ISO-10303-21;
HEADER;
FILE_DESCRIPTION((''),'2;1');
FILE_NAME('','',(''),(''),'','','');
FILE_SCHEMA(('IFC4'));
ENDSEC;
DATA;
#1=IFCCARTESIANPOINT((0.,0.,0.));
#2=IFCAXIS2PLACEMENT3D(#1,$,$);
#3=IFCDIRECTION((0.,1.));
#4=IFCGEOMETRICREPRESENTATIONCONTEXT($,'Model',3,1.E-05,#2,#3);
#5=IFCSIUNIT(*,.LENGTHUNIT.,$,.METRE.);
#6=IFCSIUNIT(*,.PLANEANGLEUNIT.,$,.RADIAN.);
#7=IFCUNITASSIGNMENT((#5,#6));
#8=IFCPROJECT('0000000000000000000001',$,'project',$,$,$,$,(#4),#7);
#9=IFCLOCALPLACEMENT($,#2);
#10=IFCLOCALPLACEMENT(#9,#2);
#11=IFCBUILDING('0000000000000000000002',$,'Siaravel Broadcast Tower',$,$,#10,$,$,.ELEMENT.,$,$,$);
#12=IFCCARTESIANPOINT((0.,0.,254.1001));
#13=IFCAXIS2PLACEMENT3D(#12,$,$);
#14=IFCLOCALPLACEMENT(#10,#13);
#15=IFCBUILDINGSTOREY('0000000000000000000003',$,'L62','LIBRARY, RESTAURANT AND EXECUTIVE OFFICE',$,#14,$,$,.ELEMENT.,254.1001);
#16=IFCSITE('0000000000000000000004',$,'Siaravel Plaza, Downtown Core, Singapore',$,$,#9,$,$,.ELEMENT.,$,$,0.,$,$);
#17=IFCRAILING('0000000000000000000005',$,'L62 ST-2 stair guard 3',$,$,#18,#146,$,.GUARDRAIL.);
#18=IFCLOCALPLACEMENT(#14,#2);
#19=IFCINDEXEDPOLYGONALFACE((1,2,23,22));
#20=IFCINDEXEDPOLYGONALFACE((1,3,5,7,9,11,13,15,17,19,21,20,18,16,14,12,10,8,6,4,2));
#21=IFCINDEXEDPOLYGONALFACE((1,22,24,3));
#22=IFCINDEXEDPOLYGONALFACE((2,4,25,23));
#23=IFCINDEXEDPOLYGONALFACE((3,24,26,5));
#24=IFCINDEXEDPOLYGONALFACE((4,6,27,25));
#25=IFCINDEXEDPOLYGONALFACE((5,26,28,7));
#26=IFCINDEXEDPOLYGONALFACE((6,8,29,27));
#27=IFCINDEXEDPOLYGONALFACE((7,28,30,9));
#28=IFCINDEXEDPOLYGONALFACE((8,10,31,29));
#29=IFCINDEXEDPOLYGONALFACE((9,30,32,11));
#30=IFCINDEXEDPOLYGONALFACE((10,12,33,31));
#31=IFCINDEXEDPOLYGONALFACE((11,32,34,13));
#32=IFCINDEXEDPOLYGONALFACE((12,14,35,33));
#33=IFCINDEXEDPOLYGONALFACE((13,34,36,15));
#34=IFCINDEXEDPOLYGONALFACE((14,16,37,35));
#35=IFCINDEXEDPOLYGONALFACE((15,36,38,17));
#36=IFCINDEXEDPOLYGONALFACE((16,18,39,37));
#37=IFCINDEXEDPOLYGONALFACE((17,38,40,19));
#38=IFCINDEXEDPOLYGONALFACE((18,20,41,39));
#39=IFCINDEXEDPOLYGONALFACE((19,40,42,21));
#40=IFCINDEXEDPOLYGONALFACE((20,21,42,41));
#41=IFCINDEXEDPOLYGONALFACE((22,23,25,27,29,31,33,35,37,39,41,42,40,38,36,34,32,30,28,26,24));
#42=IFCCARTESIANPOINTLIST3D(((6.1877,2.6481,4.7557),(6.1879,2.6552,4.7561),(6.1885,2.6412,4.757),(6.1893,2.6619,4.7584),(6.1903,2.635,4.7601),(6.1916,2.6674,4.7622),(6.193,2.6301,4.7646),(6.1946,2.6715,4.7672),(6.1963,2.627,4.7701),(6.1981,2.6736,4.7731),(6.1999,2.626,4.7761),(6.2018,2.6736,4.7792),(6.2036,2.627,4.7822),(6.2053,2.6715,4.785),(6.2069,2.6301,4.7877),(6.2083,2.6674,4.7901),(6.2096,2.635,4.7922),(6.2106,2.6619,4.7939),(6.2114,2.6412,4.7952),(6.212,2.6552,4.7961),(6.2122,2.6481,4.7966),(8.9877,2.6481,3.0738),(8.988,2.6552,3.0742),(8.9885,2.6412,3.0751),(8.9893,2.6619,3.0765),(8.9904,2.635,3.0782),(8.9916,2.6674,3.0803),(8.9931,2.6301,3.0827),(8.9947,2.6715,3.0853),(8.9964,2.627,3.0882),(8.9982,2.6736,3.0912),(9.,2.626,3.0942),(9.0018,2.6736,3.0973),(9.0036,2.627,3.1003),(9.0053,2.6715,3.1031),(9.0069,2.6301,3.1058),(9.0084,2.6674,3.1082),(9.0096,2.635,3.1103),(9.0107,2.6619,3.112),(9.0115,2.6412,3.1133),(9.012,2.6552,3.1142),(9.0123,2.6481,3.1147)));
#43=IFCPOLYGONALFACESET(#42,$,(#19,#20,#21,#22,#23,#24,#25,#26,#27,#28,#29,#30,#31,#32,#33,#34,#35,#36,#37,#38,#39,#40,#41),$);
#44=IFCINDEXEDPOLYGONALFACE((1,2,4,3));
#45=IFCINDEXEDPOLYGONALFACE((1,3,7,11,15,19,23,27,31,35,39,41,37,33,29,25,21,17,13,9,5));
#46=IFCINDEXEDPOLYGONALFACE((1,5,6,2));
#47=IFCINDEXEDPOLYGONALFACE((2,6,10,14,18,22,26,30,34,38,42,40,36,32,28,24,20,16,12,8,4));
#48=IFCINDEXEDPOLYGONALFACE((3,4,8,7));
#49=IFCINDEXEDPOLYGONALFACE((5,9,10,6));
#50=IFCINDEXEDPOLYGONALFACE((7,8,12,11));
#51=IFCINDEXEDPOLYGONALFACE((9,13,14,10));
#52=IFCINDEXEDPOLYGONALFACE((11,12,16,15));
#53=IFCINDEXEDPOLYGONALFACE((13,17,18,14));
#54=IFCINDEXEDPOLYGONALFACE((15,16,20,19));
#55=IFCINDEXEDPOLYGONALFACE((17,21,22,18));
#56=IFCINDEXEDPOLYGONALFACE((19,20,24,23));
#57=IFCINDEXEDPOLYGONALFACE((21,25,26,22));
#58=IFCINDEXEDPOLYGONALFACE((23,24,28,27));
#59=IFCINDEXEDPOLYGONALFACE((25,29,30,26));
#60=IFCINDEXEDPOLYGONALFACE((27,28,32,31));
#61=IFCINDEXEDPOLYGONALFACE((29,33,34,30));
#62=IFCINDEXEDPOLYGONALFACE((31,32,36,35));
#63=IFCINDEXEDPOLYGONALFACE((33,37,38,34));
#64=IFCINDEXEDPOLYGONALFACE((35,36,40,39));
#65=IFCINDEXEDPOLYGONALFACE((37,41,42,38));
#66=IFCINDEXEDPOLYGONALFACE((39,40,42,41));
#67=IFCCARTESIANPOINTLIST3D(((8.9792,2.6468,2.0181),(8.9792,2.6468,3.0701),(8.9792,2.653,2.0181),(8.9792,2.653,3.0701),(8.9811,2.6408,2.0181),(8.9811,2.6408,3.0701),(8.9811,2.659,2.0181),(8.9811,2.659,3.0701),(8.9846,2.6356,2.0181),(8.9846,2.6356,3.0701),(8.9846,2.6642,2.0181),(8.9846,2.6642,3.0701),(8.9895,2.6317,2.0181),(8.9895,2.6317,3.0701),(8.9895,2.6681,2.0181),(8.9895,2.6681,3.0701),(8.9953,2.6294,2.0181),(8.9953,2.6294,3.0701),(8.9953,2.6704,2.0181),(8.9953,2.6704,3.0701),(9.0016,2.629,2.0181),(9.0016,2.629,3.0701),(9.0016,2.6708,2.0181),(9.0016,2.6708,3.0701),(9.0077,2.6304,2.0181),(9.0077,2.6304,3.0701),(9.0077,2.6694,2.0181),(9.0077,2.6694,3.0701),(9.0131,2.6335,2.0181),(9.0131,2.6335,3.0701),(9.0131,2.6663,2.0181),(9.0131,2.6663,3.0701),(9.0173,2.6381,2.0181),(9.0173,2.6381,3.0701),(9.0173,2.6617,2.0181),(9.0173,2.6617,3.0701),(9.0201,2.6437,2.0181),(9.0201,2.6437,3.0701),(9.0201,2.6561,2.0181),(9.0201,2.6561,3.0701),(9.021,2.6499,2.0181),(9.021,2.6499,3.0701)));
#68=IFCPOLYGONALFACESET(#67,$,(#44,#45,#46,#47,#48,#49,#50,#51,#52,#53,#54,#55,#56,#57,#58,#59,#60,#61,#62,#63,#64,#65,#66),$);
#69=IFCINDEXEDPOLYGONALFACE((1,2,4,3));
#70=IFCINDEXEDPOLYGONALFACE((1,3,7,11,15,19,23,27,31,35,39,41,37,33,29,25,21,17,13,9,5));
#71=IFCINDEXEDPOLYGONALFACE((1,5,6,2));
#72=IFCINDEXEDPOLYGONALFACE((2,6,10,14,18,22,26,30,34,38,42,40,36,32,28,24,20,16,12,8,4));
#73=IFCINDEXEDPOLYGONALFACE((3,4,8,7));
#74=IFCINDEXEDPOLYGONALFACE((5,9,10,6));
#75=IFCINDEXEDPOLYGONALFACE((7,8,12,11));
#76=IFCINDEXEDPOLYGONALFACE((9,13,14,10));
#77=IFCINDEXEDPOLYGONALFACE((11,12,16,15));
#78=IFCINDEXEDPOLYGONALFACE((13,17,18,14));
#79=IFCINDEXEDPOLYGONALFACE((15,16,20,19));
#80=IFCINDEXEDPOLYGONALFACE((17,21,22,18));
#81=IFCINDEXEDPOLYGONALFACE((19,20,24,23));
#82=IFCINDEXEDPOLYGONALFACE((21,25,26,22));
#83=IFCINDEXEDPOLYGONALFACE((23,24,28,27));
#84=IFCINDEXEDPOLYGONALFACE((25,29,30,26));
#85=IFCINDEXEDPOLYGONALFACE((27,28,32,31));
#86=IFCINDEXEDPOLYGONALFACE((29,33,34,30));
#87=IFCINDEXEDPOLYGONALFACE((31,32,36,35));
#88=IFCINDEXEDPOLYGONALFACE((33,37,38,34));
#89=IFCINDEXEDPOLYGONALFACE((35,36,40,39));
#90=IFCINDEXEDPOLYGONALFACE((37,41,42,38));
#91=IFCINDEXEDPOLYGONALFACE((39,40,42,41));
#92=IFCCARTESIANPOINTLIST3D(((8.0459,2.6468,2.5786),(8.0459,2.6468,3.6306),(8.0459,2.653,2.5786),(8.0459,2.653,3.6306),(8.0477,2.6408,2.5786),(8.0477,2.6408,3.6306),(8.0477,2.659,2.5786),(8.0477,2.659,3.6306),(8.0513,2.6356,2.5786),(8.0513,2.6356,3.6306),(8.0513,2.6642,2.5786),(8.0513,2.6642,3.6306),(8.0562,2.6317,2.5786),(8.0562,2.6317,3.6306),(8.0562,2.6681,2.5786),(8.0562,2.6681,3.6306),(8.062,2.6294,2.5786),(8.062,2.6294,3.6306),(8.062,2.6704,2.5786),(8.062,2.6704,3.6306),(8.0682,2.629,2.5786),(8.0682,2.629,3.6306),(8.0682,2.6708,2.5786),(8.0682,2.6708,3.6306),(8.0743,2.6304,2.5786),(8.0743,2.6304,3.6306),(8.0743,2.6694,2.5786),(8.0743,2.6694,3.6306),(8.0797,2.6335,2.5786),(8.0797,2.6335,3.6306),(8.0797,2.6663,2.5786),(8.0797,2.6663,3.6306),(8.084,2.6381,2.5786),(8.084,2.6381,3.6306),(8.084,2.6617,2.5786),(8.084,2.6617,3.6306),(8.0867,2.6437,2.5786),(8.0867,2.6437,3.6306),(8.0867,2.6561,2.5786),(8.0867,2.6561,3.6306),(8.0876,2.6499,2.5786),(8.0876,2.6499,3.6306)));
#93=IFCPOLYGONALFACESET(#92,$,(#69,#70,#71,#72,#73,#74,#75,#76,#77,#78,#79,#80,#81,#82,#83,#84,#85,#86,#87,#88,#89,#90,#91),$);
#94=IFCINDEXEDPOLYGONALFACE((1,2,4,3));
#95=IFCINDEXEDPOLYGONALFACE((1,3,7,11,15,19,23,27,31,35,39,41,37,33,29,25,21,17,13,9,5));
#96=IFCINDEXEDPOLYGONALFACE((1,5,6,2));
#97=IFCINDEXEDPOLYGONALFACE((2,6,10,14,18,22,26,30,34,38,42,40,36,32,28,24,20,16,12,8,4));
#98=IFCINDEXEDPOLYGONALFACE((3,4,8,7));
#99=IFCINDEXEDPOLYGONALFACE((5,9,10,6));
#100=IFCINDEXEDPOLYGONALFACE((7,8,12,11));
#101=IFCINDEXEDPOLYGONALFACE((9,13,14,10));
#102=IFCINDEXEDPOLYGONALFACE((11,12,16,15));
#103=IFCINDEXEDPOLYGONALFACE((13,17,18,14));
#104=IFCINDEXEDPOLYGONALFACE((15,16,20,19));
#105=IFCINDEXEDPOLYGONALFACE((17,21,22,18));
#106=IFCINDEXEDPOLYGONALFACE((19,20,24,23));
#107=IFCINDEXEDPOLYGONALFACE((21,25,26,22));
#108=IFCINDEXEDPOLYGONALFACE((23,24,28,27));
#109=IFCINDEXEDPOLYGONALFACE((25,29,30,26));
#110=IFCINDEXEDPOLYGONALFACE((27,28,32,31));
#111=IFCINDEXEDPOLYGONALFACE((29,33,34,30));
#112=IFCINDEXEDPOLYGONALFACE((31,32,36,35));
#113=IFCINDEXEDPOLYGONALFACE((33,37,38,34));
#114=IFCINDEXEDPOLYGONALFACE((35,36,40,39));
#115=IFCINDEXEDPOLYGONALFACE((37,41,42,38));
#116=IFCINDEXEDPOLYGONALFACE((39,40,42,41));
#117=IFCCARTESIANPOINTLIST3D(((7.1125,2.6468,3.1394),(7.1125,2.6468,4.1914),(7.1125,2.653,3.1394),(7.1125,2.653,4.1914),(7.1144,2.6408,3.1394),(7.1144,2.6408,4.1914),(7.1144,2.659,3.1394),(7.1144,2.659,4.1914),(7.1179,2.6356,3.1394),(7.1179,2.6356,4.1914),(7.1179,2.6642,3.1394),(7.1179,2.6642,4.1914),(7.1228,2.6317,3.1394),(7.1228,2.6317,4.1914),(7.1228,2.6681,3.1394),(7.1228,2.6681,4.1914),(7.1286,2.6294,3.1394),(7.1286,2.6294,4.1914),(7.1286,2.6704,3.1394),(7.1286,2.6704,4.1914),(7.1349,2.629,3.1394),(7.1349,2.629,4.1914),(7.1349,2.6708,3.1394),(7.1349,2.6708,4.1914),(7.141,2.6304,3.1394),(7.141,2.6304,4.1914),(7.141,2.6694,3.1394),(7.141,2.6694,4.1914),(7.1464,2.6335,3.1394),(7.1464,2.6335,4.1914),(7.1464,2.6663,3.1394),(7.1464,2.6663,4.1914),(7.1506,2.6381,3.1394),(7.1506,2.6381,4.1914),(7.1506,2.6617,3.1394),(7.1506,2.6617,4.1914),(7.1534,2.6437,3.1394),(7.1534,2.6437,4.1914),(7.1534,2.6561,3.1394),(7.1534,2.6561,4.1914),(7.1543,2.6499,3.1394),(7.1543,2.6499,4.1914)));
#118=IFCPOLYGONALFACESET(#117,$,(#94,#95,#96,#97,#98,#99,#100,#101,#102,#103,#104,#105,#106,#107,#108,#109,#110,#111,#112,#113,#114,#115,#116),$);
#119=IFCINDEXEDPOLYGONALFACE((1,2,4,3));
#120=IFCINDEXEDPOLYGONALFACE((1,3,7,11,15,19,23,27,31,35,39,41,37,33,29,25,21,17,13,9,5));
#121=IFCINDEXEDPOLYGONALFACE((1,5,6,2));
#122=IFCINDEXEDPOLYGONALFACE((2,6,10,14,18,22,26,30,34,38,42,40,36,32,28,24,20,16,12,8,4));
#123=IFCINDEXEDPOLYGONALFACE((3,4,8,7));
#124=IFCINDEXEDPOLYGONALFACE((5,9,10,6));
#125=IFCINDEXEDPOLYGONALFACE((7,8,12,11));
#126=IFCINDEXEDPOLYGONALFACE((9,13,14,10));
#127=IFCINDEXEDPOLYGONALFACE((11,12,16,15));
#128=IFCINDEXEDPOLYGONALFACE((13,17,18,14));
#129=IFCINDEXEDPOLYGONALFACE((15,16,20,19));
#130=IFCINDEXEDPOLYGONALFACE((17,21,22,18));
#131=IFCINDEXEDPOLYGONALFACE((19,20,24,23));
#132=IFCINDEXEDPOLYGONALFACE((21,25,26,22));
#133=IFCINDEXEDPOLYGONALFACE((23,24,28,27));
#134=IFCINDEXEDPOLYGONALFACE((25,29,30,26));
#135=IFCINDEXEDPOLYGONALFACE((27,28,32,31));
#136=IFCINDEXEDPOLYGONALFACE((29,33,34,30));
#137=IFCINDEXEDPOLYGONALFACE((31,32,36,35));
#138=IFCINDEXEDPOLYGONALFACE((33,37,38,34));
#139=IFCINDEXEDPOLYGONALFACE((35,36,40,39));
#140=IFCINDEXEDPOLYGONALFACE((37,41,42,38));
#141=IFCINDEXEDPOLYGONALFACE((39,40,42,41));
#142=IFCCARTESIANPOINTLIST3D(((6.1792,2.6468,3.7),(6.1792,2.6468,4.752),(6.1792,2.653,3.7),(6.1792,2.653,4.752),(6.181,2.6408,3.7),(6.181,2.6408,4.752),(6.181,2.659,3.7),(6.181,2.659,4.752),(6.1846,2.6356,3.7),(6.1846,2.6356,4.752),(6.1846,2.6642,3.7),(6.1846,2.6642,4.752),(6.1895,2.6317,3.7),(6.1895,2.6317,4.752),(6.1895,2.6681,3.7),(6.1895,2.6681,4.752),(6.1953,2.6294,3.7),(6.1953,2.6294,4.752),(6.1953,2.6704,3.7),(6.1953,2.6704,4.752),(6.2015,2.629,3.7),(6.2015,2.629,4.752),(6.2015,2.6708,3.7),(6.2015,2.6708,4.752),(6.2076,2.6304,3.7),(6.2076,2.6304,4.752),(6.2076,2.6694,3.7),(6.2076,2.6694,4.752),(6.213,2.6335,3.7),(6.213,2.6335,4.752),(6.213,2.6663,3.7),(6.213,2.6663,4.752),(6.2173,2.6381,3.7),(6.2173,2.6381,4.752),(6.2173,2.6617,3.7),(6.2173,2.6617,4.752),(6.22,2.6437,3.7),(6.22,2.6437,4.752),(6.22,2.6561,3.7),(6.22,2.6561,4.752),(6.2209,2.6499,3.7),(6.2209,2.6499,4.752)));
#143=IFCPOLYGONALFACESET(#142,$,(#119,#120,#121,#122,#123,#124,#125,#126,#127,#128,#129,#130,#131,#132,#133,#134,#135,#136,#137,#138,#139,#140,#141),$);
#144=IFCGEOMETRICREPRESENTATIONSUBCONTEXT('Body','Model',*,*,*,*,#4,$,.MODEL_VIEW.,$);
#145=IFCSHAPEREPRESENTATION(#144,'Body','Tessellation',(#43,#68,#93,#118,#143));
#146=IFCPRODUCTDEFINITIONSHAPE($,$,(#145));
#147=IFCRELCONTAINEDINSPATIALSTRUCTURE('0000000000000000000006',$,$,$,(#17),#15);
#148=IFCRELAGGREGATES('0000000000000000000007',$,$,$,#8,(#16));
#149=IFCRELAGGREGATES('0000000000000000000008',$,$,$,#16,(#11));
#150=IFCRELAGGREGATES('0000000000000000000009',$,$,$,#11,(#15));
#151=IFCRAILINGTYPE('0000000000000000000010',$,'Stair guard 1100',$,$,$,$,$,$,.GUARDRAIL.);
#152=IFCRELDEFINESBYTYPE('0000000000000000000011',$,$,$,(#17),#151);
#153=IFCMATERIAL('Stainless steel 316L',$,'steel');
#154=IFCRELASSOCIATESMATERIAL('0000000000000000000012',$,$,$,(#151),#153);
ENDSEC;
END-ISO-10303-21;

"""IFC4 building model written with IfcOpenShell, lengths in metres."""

from ifc_helpers import new_model, si_unit, direction, frame, origin, origin_2d, place, context, subcontext, project, spatial, circle, extrude, material, type_object, element, save


model = new_model("IFC4")

# Units and contexts
model_context = context("Model", 3, precision=1e-05, world=origin(), true_north=direction((0.0, 1.0)))
body_context = subcontext(model_context, "Body", "Model", "MODEL_VIEW")
ifc_project = project(units=[si_unit("LENGTHUNIT", "METRE"), si_unit("PLANEANGLEUNIT", "RADIAN")], contexts=[model_context])

# Site, building, storey
site_placement = place(None, origin())
site = spatial("IfcSite", under=ifc_project, at=site_placement, Name="Siaravel Plaza, Downtown Core, Singapore", CompositionType="ELEMENT", RefElevation=0.0)
building_placement = place(site_placement, origin())
building = spatial("IfcBuilding", under=site, at=building_placement, Name="Siaravel Broadcast Tower", CompositionType="ELEMENT")
storey_placement = place(building_placement, frame((0.0, 0.0, 254.1001)))
storey = spatial("IfcBuildingStorey", under=building, at=storey_placement, Name="L62", Description="LIBRARY, RESTAURANT AND EXECUTIVE OFFICE", CompositionType="ELEMENT", Elevation=254.1001)

# Railing
ifc_material_1 = material(Name="Stainless steel 316L", Category="steel")
railing_type_1 = type_object("IfcRailingType", Name="Stair guard 1100", PredefinedType="GUARDRAIL", material=ifc_material_1)
railing_1_placement = place(storey_placement, frame((9.0, 2.6499, 2.0181)))
element("IfcRailing", 1, at=railing_1_placement, inside=storey, type_object=railing_type_1, Name="L62 ST-2 stair guard 3", PredefinedType="GUARDRAIL", context=body_context, shape_type="SweptSolid", body=[
    extrude(circle(Radius=0.0239, at=origin_2d()), frame((0.0, 0.0, 1.0762), z_axis=(-0.857242, 0.0, 0.514913), x_axis=(0.0, -1.0, 0.0)), (0.0, 0.0, 1.0), 3.2664),
    extrude(circle(Radius=0.021, at=origin_2d()), origin(), (0.0, 0.0, 1.0), 1.052),
    extrude(circle(Radius=0.021, at=origin_2d()), frame((-0.9333, 0.0, 0.5605)), (0.0, 0.0, 1.0), 1.052),
    extrude(circle(Radius=0.021, at=origin_2d()), frame((-1.8667, 0.0, 1.1213)), (0.0, 0.0, 1.0), 1.052),
    extrude(circle(Radius=0.021, at=origin_2d()), frame((-2.8, 0.0, 1.6819)), (0.0, 0.0, 1.0), 1.052),
])

save(model, "model.ifc")
